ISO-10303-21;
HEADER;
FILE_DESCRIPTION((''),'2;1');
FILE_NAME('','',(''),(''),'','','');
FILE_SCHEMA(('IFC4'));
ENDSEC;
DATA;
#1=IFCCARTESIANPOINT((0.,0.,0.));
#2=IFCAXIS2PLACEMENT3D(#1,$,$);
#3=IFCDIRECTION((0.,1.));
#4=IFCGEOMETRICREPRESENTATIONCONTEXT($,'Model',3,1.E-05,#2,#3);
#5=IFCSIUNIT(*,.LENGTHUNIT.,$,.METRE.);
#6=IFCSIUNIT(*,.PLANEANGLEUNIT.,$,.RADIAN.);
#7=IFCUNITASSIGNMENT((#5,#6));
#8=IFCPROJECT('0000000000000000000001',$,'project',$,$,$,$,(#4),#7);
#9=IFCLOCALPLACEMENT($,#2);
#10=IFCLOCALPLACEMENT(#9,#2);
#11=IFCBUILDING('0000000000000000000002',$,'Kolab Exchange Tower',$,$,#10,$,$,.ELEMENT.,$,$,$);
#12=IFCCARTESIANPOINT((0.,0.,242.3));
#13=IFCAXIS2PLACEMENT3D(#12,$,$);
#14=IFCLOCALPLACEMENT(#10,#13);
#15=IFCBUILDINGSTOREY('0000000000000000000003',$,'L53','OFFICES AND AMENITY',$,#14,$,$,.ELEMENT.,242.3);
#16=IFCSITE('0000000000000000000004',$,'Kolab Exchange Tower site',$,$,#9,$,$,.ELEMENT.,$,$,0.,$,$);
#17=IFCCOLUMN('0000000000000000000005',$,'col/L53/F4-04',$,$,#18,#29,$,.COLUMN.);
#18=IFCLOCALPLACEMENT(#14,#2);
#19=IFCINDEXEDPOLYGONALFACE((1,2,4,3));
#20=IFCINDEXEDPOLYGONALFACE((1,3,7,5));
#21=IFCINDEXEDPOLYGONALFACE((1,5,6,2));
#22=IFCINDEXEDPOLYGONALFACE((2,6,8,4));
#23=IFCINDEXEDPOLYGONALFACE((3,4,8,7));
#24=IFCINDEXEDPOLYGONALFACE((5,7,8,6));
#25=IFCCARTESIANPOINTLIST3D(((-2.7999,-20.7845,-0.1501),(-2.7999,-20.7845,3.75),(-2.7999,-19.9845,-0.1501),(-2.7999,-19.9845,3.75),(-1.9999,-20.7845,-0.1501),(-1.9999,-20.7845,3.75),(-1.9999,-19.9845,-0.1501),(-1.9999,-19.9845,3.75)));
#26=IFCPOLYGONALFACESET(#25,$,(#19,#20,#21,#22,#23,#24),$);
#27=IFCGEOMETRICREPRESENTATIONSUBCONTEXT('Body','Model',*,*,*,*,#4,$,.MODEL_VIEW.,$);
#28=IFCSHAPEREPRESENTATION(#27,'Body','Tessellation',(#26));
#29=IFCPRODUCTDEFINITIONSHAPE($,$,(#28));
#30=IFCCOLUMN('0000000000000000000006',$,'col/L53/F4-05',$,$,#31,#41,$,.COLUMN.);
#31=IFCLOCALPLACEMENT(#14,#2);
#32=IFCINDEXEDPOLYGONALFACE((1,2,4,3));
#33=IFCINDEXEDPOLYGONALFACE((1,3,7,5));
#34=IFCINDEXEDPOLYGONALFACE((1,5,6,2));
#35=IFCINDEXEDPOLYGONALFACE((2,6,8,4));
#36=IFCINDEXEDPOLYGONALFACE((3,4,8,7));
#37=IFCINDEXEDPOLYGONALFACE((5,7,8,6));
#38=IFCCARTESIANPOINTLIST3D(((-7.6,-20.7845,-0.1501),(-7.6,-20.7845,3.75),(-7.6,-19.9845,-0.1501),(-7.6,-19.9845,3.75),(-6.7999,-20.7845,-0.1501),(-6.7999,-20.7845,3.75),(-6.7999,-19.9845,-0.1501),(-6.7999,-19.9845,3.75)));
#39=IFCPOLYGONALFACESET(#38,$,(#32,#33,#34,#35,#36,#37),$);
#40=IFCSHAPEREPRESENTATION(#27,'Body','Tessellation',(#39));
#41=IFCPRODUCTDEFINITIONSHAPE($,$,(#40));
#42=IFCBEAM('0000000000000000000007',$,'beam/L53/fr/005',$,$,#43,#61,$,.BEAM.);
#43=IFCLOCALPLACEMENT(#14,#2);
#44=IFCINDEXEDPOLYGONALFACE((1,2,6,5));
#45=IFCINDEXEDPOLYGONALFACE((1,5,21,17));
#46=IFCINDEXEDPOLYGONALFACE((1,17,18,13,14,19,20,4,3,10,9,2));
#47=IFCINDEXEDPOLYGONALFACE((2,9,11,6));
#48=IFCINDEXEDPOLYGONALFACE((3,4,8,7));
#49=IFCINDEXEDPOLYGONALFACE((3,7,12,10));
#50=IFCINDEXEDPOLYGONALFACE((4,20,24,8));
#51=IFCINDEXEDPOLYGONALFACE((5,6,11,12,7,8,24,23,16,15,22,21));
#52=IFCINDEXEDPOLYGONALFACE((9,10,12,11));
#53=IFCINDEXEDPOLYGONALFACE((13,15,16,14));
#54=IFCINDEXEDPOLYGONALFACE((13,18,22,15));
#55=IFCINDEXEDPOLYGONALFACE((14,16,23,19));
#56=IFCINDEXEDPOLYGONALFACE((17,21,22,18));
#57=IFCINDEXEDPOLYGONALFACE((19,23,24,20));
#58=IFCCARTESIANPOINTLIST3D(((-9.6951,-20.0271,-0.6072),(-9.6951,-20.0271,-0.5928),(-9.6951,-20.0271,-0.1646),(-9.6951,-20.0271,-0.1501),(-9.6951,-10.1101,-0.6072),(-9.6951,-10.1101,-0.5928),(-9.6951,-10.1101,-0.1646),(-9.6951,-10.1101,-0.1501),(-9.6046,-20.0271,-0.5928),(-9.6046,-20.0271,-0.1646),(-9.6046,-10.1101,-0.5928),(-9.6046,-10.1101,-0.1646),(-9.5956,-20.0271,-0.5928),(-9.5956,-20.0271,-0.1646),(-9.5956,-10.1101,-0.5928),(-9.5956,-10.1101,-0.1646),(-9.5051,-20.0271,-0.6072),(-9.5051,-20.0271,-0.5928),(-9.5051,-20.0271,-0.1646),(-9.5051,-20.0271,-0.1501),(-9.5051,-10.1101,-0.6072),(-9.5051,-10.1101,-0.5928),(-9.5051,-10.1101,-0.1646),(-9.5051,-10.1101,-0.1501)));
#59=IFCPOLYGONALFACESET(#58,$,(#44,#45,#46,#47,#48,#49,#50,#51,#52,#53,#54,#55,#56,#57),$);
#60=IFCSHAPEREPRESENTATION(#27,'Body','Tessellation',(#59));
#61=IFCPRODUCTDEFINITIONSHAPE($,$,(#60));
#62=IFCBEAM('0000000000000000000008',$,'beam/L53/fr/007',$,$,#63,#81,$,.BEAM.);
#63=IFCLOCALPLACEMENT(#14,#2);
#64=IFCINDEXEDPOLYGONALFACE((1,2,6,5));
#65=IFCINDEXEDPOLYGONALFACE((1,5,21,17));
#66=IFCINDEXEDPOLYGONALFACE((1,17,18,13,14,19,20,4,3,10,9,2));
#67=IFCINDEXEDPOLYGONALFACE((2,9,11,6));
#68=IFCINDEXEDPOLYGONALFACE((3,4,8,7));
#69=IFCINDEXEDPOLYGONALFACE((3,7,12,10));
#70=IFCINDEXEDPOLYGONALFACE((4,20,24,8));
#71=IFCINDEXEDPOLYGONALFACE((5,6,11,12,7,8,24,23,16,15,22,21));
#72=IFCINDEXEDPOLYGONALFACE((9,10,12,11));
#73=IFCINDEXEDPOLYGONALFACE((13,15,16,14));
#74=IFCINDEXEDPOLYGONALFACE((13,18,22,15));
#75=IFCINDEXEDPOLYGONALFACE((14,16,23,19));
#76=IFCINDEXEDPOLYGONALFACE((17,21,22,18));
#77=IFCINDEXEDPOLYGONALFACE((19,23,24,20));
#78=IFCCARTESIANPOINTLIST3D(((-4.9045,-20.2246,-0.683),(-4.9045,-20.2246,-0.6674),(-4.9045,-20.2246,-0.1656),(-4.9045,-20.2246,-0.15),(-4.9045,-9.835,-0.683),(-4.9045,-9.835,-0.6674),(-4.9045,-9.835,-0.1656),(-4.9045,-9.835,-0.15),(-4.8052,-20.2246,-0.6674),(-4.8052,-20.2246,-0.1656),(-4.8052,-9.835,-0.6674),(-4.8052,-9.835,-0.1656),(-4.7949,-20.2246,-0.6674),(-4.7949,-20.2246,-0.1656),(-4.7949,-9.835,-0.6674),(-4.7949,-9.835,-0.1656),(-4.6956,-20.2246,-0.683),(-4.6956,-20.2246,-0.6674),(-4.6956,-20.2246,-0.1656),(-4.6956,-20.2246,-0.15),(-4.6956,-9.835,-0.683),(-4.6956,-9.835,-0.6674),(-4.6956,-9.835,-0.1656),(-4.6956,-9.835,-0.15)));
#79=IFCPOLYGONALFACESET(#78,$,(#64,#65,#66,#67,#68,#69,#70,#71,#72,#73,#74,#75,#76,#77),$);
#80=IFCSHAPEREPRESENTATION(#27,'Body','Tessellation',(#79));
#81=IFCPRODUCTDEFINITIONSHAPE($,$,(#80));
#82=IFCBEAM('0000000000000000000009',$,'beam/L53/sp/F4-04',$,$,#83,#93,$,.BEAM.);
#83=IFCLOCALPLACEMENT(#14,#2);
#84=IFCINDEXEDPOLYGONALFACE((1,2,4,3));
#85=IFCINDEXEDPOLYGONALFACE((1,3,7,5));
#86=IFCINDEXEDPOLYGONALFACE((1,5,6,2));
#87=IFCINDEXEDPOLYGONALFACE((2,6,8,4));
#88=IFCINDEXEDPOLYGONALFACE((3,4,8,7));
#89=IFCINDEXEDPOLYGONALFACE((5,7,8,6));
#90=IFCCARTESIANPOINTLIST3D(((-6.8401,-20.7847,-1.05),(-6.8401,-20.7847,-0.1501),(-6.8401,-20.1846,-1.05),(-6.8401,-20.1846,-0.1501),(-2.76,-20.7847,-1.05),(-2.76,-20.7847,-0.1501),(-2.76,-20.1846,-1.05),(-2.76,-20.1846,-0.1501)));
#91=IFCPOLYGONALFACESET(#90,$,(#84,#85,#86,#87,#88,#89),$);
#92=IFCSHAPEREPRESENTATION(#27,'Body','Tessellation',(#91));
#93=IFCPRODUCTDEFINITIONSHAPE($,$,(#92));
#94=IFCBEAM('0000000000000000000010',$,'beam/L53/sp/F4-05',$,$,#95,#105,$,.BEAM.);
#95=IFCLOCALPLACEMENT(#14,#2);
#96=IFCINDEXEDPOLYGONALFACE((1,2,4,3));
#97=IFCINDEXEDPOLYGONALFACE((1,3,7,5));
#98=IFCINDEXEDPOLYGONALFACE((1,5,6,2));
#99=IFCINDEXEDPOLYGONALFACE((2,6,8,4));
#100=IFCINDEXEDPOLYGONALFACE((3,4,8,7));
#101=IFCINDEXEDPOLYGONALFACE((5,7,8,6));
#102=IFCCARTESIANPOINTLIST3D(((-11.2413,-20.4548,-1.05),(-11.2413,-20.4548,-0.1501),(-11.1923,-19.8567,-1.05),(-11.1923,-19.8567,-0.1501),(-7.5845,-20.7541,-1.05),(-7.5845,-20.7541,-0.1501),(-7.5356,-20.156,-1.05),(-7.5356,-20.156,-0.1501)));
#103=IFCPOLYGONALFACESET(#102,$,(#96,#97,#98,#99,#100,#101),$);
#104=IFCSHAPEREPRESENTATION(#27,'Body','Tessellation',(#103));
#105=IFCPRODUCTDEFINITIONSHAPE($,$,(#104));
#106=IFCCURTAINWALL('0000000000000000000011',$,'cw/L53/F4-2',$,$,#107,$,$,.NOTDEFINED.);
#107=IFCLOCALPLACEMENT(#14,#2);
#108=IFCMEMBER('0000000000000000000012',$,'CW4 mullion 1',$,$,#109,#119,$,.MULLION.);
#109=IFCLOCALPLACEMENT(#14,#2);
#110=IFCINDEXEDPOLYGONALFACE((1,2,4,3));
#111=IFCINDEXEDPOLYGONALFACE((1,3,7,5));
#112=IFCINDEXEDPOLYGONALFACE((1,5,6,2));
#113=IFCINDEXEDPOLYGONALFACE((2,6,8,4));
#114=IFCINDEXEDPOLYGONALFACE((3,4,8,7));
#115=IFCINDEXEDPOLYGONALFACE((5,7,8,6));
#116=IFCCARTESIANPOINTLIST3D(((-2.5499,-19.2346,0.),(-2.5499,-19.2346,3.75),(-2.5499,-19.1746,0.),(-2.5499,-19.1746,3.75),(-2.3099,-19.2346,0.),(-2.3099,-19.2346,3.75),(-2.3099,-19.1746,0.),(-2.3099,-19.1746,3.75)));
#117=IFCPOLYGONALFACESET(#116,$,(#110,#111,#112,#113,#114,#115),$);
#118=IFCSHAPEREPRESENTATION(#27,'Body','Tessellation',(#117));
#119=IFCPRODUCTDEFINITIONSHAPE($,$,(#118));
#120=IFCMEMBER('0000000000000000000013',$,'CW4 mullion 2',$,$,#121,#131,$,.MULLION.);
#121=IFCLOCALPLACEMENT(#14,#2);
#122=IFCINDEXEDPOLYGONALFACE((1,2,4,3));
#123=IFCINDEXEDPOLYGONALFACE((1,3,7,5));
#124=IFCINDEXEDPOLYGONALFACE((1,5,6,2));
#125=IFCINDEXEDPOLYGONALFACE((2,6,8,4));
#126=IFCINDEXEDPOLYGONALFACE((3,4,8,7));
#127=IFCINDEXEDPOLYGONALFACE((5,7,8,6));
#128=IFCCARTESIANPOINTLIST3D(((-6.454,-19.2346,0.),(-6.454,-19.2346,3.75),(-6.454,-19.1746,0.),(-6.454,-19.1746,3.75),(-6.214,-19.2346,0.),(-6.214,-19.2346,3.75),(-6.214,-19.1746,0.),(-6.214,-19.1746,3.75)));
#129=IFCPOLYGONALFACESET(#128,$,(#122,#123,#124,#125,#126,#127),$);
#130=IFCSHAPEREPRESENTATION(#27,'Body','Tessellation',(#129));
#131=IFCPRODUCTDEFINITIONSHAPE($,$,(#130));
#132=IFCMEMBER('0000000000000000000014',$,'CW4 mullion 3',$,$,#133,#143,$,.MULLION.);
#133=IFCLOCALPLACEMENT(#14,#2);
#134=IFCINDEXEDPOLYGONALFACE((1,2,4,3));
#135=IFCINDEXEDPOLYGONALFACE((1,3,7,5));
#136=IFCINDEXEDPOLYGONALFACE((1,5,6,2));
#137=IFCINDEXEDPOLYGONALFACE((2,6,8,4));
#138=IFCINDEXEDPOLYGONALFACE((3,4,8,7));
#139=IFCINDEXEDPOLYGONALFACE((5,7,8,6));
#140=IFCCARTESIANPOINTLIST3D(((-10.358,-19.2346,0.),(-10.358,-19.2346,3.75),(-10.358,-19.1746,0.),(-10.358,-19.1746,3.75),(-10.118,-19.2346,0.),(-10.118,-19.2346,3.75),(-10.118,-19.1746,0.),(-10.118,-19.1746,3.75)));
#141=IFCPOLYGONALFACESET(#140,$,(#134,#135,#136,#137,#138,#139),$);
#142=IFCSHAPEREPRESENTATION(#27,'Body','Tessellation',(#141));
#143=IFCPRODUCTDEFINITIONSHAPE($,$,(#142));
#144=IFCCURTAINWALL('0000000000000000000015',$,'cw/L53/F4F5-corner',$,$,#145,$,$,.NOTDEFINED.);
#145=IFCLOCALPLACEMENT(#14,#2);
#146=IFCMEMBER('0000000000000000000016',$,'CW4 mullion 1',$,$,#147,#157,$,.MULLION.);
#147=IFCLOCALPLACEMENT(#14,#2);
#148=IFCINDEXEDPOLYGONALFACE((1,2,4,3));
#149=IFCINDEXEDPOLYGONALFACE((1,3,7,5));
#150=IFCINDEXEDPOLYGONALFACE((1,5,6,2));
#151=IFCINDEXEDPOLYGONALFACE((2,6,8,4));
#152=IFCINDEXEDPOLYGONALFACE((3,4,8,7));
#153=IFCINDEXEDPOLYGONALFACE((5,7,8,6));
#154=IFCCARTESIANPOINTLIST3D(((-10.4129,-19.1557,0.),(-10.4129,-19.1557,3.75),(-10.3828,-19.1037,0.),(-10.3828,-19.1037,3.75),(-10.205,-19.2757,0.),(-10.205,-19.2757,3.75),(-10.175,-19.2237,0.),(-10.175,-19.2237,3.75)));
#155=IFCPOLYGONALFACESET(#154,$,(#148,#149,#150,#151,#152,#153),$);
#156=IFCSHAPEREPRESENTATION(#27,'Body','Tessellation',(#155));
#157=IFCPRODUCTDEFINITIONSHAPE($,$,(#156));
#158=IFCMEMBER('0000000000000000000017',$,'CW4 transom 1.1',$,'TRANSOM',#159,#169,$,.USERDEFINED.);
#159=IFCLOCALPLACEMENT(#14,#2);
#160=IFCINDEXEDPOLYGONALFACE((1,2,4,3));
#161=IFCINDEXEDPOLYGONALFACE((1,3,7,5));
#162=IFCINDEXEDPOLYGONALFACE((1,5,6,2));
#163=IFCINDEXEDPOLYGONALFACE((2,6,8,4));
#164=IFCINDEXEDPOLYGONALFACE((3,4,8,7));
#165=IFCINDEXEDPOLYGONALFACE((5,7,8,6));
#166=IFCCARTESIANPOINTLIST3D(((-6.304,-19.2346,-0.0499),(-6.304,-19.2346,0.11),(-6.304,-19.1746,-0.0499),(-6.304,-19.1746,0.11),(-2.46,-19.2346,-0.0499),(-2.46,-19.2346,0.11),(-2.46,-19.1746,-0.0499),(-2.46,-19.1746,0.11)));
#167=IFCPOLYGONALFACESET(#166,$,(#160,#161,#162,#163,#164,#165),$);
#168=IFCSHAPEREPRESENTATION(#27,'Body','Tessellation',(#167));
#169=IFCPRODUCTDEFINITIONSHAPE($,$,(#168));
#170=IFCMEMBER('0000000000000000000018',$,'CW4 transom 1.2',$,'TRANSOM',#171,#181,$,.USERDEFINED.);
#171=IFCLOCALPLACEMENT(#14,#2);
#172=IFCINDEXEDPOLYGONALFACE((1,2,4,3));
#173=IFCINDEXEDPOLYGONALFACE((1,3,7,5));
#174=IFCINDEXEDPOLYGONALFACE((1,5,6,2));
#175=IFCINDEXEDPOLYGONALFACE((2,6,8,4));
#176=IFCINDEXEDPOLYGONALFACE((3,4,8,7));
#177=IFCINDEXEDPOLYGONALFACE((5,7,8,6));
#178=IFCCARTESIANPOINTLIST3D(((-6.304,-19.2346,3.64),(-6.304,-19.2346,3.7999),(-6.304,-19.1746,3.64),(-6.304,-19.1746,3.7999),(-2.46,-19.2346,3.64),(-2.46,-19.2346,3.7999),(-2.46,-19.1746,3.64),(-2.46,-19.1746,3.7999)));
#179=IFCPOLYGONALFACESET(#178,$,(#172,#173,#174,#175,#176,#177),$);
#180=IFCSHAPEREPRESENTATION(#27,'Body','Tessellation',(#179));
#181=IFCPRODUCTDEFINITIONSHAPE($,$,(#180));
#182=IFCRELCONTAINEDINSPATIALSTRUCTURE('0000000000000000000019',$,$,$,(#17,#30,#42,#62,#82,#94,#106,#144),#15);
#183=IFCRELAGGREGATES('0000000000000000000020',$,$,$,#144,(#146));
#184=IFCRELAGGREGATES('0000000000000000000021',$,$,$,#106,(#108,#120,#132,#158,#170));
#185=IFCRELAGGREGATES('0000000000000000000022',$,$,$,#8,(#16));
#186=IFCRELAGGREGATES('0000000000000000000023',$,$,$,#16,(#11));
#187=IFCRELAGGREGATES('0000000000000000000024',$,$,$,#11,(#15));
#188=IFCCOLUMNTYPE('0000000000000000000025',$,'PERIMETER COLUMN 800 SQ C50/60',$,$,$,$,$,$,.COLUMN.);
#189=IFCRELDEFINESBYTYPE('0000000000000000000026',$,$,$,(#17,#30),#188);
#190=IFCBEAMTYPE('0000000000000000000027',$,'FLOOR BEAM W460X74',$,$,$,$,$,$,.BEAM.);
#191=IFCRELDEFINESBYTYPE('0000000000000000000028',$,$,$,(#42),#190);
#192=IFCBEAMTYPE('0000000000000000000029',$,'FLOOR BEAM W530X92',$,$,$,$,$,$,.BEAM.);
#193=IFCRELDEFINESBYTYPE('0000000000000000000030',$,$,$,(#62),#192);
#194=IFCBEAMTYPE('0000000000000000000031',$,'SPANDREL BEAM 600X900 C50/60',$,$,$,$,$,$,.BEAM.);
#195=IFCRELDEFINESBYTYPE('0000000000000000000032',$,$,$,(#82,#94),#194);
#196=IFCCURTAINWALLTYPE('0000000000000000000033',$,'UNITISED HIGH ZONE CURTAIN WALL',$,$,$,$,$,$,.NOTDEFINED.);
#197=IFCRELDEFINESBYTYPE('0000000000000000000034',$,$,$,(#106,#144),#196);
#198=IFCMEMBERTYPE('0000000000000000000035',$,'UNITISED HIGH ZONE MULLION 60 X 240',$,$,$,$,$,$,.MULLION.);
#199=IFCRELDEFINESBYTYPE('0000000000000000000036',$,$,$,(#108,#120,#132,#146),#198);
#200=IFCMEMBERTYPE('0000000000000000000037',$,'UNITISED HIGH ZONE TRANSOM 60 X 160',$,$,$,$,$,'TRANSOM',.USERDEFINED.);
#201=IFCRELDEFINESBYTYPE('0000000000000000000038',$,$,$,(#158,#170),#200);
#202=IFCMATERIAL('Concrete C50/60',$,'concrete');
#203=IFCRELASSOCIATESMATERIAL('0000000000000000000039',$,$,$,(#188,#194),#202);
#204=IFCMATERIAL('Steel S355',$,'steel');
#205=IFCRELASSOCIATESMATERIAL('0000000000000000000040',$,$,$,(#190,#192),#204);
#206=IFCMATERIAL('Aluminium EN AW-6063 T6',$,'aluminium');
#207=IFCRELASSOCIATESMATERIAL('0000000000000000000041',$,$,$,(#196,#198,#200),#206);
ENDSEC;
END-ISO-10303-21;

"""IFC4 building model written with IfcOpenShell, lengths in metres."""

from ifc_helpers import new_model, si_unit, direction, frame, origin, origin_2d, place, context, subcontext, project, spatial, rectangle, i_section, extrude, material, material_profile, profile_set, type_object, element, aggregate, save


model = new_model("IFC4")

# Units and contexts
model_context = context("Model", 3, precision=1e-05, world=origin(), true_north=direction((0.0, 1.0)))
body_context = subcontext(model_context, "Body", "Model", "MODEL_VIEW")
ifc_project = project(units=[si_unit("LENGTHUNIT", "METRE"), si_unit("PLANEANGLEUNIT", "RADIAN")], contexts=[model_context])

# Site, building, storey
site_placement = place(None, origin())
site = spatial("IfcSite", under=ifc_project, at=site_placement, Name="Kolab Exchange Tower site", CompositionType="ELEMENT", RefElevation=0.0)
building_placement = place(site_placement, origin())
building = spatial("IfcBuilding", under=site, at=building_placement, Name="Kolab Exchange Tower", CompositionType="ELEMENT")
storey_placement = place(building_placement, frame((0.0, 0.0, 242.3)))
storey = spatial("IfcBuildingStorey", under=building, at=storey_placement, Name="L53", Description="OFFICES AND AMENITY", CompositionType="ELEMENT", Elevation=242.3)

# Columns
ifc_material_1 = material(Name="Concrete C50/60", Category="concrete")
ifc_material_profile_1 = material_profile(ifc_material_1, rectangle(XDim=0.8, YDim=0.8, at=origin_2d()), Name="RC800")
ifc_profile_set_1 = profile_set([ifc_material_profile_1], Name="Concrete C50/60")
column_type = type_object("IfcColumnType", Name="PERIMETER COLUMN 800 SQ C50/60", PredefinedType="COLUMN", material=ifc_profile_set_1)
for number, where, z_axis, x_axis, name in (
    (1, (-2.3999, -20.3845, -0.1501), (0.0, 0.0, 1.0), (1.0, 0.0, 0.0), "col/L53/F4-04"),
    (2, (-7.2, -20.3845, -0.1501), (0.0, 0.0, 1.0), (1.0, 0.0, 0.0), "col/L53/F4-05"),
):
    element("IfcColumn", number, at=place(storey_placement, frame(where, z_axis=z_axis, x_axis=x_axis)), inside=storey, type_object=column_type, Name=name, PredefinedType="COLUMN", context=body_context, shape_type="SweptSolid", body=[
        extrude(rectangle(XDim=0.8, YDim=0.8, at=origin_2d()), origin(), (0.0, 0.0, 1.0), 3.9001),
    ])

# Beams
ifc_material_2 = material(Name="Steel S355", Category="steel")
ifc_material_profile_2 = material_profile(ifc_material_2, i_section(OverallWidth=0.1899, OverallDepth=0.457, WebThickness=0.009, FlangeThickness=0.0144, at=origin_2d()), Name="W460X74")
ifc_profile_set_2 = profile_set([ifc_material_profile_2], Name="Steel S355")
beam_type_1 = type_object("IfcBeamType", Name="FLOOR BEAM W460X74", PredefinedType="BEAM", material=ifc_profile_set_2)
beam_1_placement = place(storey_placement, frame((-9.6001, -20.0271, -0.3787), z_axis=(0.0, 1.0, 0.0), x_axis=(-1.0, 0.0, 0.0)))
element("IfcBeam", 3, at=beam_1_placement, inside=storey, type_object=beam_type_1, Name="beam/L53/fr/005", PredefinedType="BEAM", context=body_context, shape_type="SweptSolid", body=[
    extrude(i_section(OverallWidth=0.1899, OverallDepth=0.457, WebThickness=0.009, FlangeThickness=0.0144, at=origin_2d()), origin(), (0.0, 0.0, 1.0), 9.917),
])
ifc_material_profile_3 = material_profile(ifc_material_2, i_section(OverallWidth=0.209, OverallDepth=0.533, WebThickness=0.0103, FlangeThickness=0.0156, at=origin_2d()), Name="W530X92")
ifc_profile_set_3 = profile_set([ifc_material_profile_3], Name="Steel S355")
beam_type_2 = type_object("IfcBeamType", Name="FLOOR BEAM W530X92", PredefinedType="BEAM", material=ifc_profile_set_3)
beam_2_placement = place(storey_placement, frame((-4.8, -20.2246, -0.4165), z_axis=(0.0, 1.0, 0.0), x_axis=(-1.0, 0.0, 0.0)))
element("IfcBeam", 4, at=beam_2_placement, inside=storey, type_object=beam_type_2, Name="beam/L53/fr/007", PredefinedType="BEAM", context=body_context, shape_type="SweptSolid", body=[
    extrude(i_section(OverallWidth=0.209, OverallDepth=0.533, WebThickness=0.0103, FlangeThickness=0.0156, at=origin_2d()), origin(), (0.0, 0.0, 1.0), 10.3896),
])
ifc_material_profile_4 = material_profile(ifc_material_1, rectangle(XDim=0.6001, YDim=0.8999, at=origin_2d()), Name="RC600X900")
ifc_profile_set_4 = profile_set([ifc_material_profile_4], Name="Concrete C50/60")
beam_type_3 = type_object("IfcBeamType", Name="SPANDREL BEAM 600X900 C50/60", PredefinedType="BEAM", material=ifc_profile_set_4)
beam_3_placement = place(storey_placement, frame((-2.76, -20.4846, -0.6001), z_axis=(-1.0, 0.0, 0.0), x_axis=(0.0, -1.0, 0.0)))
element("IfcBeam", 5, at=beam_3_placement, inside=storey, type_object=beam_type_3, Name="beam/L53/sp/F4-04", PredefinedType="BEAM", context=body_context, shape_type="SweptSolid", body=[
    extrude(rectangle(XDim=0.6001, YDim=0.8999, at=origin_2d()), origin(), (0.0, 0.0, 1.0), 4.0801),
])
beam_4_placement = place(storey_placement, frame((-7.5601, -20.4551, -0.6001), z_axis=(-0.996667, 0.081581, 0.0), x_axis=(-0.081581, -0.996667, 0.0)))
element("IfcBeam", 6, at=beam_4_placement, inside=storey, type_object=beam_type_3, Name="beam/L53/sp/F4-05", PredefinedType="BEAM", context=body_context, shape_type="SweptSolid", body=[
    extrude(rectangle(XDim=0.6001, YDim=0.8999, at=origin_2d()), origin(), (0.0, 0.0, 1.0), 3.6689),
])

# Curtain wall, members
ifc_material_3 = material(Name="Aluminium EN AW-6063 T6", Category="aluminium")
curtain_wall_type = type_object("IfcCurtainWallType", Name="UNITISED HIGH ZONE CURTAIN WALL", PredefinedType="NOTDEFINED", material=ifc_material_3)
curtain_wall_1_placement = place(storey_placement, origin())
curtain_wall_1 = element("IfcCurtainWall", 7, at=curtain_wall_1_placement, inside=storey, type_object=curtain_wall_type, Name="cw/L53/F4-2", PredefinedType="NOTDEFINED")
ifc_material_profile_5 = material_profile(ifc_material_3, rectangle(XDim=0.0601, YDim=0.24, at=origin_2d()), Name="RECT 60X240")
ifc_profile_set_5 = profile_set([ifc_material_profile_5], Name="Aluminium EN AW-6063 T6")
member_type_1 = type_object("IfcMemberType", Name="UNITISED HIGH ZONE MULLION 60 X 240", PredefinedType="MULLION", material=ifc_profile_set_5)
member_1_placement = place(storey_placement, frame((-2.4299, -19.2046, 0.0), z_axis=(0.0, 0.0, 1.0), x_axis=(0.0, -1.0, 0.0)))
member_1 = element("IfcMember", 8, at=member_1_placement, type_object=member_type_1, Name="CW4 mullion 1", PredefinedType="MULLION", context=body_context, shape_type="SweptSolid", body=[
    extrude(rectangle(XDim=0.0601, YDim=0.24, at=origin_2d()), origin(), (0.0, 0.0, 1.0), 3.75),
])
member_2_placement = place(storey_placement, frame((-6.334, -19.2046, 0.0), z_axis=(0.0, 0.0, 1.0), x_axis=(0.0, -1.0, 0.0)))
member_2 = element("IfcMember", 9, at=member_2_placement, type_object=member_type_1, Name="CW4 mullion 2", PredefinedType="MULLION", context=body_context, shape_type="SweptSolid", body=[
    extrude(rectangle(XDim=0.0601, YDim=0.24, at=origin_2d()), origin(), (0.0, 0.0, 1.0), 3.75),
])
member_3_placement = place(storey_placement, frame((-10.238, -19.2046, 0.0), z_axis=(0.0, 0.0, 1.0), x_axis=(0.0, -1.0, 0.0)))
member_3 = element("IfcMember", 10, at=member_3_placement, type_object=member_type_1, Name="CW4 mullion 3", PredefinedType="MULLION", context=body_context, shape_type="SweptSolid", body=[
    extrude(rectangle(XDim=0.0601, YDim=0.24, at=origin_2d()), origin(), (0.0, 0.0, 1.0), 3.75),
])

# Curtain wall, member
curtain_wall_2_placement = place(storey_placement, origin())
curtain_wall_2 = element("IfcCurtainWall", 11, at=curtain_wall_2_placement, inside=storey, type_object=curtain_wall_type, Name="cw/L53/F4F5-corner", PredefinedType="NOTDEFINED")
member_4_placement = place(storey_placement, frame((-10.2939, -19.1897, 0.0), z_axis=(0.0, 0.0, 1.0), x_axis=(-0.5, -0.866025, 0.0)))
member_4 = element("IfcMember", 12, at=member_4_placement, type_object=member_type_1, Name="CW4 mullion 1", PredefinedType="MULLION", context=body_context, shape_type="SweptSolid", body=[
    extrude(rectangle(XDim=0.0601, YDim=0.24, at=origin_2d()), origin(), (0.0, 0.0, 1.0), 3.75),
])

# Members
ifc_material_profile_6 = material_profile(ifc_material_3, rectangle(XDim=0.0601, YDim=0.1599, at=origin_2d()), Name="RECT 60X160")
ifc_profile_set_6 = profile_set([ifc_material_profile_6], Name="Aluminium EN AW-6063 T6")
member_type_2 = type_object("IfcMemberType", Name="UNITISED HIGH ZONE TRANSOM 60 X 160", ElementType="TRANSOM", PredefinedType="USERDEFINED", material=ifc_profile_set_6)
member_5_placement = place(storey_placement, frame((-2.46, -19.2046, 0.03), z_axis=(-1.0, 0.0, 0.0), x_axis=(0.0, -1.0, 0.0)))
member_5 = element("IfcMember", 13, at=member_5_placement, type_object=member_type_2, Name="CW4 transom 1.1", ObjectType="TRANSOM", PredefinedType="USERDEFINED", context=body_context, shape_type="SweptSolid", body=[
    extrude(rectangle(XDim=0.0601, YDim=0.1599, at=origin_2d()), origin(), (0.0, 0.0, 1.0), 3.844),
])
member_6_placement = place(storey_placement, frame((-2.46, -19.2046, 3.72), z_axis=(-1.0, 0.0, 0.0), x_axis=(0.0, -1.0, 0.0)))
member_6 = element("IfcMember", 14, at=member_6_placement, type_object=member_type_2, Name="CW4 transom 1.2", ObjectType="TRANSOM", PredefinedType="USERDEFINED", context=body_context, shape_type="SweptSolid", body=[
    extrude(rectangle(XDim=0.0601, YDim=0.1599, at=origin_2d()), origin(), (0.0, 0.0, 1.0), 3.844),
])
aggregate(curtain_wall_2, [member_4])

aggregate(curtain_wall_1, [member_1, member_2, member_3, member_5, member_6])

save(model, "model.ifc")
